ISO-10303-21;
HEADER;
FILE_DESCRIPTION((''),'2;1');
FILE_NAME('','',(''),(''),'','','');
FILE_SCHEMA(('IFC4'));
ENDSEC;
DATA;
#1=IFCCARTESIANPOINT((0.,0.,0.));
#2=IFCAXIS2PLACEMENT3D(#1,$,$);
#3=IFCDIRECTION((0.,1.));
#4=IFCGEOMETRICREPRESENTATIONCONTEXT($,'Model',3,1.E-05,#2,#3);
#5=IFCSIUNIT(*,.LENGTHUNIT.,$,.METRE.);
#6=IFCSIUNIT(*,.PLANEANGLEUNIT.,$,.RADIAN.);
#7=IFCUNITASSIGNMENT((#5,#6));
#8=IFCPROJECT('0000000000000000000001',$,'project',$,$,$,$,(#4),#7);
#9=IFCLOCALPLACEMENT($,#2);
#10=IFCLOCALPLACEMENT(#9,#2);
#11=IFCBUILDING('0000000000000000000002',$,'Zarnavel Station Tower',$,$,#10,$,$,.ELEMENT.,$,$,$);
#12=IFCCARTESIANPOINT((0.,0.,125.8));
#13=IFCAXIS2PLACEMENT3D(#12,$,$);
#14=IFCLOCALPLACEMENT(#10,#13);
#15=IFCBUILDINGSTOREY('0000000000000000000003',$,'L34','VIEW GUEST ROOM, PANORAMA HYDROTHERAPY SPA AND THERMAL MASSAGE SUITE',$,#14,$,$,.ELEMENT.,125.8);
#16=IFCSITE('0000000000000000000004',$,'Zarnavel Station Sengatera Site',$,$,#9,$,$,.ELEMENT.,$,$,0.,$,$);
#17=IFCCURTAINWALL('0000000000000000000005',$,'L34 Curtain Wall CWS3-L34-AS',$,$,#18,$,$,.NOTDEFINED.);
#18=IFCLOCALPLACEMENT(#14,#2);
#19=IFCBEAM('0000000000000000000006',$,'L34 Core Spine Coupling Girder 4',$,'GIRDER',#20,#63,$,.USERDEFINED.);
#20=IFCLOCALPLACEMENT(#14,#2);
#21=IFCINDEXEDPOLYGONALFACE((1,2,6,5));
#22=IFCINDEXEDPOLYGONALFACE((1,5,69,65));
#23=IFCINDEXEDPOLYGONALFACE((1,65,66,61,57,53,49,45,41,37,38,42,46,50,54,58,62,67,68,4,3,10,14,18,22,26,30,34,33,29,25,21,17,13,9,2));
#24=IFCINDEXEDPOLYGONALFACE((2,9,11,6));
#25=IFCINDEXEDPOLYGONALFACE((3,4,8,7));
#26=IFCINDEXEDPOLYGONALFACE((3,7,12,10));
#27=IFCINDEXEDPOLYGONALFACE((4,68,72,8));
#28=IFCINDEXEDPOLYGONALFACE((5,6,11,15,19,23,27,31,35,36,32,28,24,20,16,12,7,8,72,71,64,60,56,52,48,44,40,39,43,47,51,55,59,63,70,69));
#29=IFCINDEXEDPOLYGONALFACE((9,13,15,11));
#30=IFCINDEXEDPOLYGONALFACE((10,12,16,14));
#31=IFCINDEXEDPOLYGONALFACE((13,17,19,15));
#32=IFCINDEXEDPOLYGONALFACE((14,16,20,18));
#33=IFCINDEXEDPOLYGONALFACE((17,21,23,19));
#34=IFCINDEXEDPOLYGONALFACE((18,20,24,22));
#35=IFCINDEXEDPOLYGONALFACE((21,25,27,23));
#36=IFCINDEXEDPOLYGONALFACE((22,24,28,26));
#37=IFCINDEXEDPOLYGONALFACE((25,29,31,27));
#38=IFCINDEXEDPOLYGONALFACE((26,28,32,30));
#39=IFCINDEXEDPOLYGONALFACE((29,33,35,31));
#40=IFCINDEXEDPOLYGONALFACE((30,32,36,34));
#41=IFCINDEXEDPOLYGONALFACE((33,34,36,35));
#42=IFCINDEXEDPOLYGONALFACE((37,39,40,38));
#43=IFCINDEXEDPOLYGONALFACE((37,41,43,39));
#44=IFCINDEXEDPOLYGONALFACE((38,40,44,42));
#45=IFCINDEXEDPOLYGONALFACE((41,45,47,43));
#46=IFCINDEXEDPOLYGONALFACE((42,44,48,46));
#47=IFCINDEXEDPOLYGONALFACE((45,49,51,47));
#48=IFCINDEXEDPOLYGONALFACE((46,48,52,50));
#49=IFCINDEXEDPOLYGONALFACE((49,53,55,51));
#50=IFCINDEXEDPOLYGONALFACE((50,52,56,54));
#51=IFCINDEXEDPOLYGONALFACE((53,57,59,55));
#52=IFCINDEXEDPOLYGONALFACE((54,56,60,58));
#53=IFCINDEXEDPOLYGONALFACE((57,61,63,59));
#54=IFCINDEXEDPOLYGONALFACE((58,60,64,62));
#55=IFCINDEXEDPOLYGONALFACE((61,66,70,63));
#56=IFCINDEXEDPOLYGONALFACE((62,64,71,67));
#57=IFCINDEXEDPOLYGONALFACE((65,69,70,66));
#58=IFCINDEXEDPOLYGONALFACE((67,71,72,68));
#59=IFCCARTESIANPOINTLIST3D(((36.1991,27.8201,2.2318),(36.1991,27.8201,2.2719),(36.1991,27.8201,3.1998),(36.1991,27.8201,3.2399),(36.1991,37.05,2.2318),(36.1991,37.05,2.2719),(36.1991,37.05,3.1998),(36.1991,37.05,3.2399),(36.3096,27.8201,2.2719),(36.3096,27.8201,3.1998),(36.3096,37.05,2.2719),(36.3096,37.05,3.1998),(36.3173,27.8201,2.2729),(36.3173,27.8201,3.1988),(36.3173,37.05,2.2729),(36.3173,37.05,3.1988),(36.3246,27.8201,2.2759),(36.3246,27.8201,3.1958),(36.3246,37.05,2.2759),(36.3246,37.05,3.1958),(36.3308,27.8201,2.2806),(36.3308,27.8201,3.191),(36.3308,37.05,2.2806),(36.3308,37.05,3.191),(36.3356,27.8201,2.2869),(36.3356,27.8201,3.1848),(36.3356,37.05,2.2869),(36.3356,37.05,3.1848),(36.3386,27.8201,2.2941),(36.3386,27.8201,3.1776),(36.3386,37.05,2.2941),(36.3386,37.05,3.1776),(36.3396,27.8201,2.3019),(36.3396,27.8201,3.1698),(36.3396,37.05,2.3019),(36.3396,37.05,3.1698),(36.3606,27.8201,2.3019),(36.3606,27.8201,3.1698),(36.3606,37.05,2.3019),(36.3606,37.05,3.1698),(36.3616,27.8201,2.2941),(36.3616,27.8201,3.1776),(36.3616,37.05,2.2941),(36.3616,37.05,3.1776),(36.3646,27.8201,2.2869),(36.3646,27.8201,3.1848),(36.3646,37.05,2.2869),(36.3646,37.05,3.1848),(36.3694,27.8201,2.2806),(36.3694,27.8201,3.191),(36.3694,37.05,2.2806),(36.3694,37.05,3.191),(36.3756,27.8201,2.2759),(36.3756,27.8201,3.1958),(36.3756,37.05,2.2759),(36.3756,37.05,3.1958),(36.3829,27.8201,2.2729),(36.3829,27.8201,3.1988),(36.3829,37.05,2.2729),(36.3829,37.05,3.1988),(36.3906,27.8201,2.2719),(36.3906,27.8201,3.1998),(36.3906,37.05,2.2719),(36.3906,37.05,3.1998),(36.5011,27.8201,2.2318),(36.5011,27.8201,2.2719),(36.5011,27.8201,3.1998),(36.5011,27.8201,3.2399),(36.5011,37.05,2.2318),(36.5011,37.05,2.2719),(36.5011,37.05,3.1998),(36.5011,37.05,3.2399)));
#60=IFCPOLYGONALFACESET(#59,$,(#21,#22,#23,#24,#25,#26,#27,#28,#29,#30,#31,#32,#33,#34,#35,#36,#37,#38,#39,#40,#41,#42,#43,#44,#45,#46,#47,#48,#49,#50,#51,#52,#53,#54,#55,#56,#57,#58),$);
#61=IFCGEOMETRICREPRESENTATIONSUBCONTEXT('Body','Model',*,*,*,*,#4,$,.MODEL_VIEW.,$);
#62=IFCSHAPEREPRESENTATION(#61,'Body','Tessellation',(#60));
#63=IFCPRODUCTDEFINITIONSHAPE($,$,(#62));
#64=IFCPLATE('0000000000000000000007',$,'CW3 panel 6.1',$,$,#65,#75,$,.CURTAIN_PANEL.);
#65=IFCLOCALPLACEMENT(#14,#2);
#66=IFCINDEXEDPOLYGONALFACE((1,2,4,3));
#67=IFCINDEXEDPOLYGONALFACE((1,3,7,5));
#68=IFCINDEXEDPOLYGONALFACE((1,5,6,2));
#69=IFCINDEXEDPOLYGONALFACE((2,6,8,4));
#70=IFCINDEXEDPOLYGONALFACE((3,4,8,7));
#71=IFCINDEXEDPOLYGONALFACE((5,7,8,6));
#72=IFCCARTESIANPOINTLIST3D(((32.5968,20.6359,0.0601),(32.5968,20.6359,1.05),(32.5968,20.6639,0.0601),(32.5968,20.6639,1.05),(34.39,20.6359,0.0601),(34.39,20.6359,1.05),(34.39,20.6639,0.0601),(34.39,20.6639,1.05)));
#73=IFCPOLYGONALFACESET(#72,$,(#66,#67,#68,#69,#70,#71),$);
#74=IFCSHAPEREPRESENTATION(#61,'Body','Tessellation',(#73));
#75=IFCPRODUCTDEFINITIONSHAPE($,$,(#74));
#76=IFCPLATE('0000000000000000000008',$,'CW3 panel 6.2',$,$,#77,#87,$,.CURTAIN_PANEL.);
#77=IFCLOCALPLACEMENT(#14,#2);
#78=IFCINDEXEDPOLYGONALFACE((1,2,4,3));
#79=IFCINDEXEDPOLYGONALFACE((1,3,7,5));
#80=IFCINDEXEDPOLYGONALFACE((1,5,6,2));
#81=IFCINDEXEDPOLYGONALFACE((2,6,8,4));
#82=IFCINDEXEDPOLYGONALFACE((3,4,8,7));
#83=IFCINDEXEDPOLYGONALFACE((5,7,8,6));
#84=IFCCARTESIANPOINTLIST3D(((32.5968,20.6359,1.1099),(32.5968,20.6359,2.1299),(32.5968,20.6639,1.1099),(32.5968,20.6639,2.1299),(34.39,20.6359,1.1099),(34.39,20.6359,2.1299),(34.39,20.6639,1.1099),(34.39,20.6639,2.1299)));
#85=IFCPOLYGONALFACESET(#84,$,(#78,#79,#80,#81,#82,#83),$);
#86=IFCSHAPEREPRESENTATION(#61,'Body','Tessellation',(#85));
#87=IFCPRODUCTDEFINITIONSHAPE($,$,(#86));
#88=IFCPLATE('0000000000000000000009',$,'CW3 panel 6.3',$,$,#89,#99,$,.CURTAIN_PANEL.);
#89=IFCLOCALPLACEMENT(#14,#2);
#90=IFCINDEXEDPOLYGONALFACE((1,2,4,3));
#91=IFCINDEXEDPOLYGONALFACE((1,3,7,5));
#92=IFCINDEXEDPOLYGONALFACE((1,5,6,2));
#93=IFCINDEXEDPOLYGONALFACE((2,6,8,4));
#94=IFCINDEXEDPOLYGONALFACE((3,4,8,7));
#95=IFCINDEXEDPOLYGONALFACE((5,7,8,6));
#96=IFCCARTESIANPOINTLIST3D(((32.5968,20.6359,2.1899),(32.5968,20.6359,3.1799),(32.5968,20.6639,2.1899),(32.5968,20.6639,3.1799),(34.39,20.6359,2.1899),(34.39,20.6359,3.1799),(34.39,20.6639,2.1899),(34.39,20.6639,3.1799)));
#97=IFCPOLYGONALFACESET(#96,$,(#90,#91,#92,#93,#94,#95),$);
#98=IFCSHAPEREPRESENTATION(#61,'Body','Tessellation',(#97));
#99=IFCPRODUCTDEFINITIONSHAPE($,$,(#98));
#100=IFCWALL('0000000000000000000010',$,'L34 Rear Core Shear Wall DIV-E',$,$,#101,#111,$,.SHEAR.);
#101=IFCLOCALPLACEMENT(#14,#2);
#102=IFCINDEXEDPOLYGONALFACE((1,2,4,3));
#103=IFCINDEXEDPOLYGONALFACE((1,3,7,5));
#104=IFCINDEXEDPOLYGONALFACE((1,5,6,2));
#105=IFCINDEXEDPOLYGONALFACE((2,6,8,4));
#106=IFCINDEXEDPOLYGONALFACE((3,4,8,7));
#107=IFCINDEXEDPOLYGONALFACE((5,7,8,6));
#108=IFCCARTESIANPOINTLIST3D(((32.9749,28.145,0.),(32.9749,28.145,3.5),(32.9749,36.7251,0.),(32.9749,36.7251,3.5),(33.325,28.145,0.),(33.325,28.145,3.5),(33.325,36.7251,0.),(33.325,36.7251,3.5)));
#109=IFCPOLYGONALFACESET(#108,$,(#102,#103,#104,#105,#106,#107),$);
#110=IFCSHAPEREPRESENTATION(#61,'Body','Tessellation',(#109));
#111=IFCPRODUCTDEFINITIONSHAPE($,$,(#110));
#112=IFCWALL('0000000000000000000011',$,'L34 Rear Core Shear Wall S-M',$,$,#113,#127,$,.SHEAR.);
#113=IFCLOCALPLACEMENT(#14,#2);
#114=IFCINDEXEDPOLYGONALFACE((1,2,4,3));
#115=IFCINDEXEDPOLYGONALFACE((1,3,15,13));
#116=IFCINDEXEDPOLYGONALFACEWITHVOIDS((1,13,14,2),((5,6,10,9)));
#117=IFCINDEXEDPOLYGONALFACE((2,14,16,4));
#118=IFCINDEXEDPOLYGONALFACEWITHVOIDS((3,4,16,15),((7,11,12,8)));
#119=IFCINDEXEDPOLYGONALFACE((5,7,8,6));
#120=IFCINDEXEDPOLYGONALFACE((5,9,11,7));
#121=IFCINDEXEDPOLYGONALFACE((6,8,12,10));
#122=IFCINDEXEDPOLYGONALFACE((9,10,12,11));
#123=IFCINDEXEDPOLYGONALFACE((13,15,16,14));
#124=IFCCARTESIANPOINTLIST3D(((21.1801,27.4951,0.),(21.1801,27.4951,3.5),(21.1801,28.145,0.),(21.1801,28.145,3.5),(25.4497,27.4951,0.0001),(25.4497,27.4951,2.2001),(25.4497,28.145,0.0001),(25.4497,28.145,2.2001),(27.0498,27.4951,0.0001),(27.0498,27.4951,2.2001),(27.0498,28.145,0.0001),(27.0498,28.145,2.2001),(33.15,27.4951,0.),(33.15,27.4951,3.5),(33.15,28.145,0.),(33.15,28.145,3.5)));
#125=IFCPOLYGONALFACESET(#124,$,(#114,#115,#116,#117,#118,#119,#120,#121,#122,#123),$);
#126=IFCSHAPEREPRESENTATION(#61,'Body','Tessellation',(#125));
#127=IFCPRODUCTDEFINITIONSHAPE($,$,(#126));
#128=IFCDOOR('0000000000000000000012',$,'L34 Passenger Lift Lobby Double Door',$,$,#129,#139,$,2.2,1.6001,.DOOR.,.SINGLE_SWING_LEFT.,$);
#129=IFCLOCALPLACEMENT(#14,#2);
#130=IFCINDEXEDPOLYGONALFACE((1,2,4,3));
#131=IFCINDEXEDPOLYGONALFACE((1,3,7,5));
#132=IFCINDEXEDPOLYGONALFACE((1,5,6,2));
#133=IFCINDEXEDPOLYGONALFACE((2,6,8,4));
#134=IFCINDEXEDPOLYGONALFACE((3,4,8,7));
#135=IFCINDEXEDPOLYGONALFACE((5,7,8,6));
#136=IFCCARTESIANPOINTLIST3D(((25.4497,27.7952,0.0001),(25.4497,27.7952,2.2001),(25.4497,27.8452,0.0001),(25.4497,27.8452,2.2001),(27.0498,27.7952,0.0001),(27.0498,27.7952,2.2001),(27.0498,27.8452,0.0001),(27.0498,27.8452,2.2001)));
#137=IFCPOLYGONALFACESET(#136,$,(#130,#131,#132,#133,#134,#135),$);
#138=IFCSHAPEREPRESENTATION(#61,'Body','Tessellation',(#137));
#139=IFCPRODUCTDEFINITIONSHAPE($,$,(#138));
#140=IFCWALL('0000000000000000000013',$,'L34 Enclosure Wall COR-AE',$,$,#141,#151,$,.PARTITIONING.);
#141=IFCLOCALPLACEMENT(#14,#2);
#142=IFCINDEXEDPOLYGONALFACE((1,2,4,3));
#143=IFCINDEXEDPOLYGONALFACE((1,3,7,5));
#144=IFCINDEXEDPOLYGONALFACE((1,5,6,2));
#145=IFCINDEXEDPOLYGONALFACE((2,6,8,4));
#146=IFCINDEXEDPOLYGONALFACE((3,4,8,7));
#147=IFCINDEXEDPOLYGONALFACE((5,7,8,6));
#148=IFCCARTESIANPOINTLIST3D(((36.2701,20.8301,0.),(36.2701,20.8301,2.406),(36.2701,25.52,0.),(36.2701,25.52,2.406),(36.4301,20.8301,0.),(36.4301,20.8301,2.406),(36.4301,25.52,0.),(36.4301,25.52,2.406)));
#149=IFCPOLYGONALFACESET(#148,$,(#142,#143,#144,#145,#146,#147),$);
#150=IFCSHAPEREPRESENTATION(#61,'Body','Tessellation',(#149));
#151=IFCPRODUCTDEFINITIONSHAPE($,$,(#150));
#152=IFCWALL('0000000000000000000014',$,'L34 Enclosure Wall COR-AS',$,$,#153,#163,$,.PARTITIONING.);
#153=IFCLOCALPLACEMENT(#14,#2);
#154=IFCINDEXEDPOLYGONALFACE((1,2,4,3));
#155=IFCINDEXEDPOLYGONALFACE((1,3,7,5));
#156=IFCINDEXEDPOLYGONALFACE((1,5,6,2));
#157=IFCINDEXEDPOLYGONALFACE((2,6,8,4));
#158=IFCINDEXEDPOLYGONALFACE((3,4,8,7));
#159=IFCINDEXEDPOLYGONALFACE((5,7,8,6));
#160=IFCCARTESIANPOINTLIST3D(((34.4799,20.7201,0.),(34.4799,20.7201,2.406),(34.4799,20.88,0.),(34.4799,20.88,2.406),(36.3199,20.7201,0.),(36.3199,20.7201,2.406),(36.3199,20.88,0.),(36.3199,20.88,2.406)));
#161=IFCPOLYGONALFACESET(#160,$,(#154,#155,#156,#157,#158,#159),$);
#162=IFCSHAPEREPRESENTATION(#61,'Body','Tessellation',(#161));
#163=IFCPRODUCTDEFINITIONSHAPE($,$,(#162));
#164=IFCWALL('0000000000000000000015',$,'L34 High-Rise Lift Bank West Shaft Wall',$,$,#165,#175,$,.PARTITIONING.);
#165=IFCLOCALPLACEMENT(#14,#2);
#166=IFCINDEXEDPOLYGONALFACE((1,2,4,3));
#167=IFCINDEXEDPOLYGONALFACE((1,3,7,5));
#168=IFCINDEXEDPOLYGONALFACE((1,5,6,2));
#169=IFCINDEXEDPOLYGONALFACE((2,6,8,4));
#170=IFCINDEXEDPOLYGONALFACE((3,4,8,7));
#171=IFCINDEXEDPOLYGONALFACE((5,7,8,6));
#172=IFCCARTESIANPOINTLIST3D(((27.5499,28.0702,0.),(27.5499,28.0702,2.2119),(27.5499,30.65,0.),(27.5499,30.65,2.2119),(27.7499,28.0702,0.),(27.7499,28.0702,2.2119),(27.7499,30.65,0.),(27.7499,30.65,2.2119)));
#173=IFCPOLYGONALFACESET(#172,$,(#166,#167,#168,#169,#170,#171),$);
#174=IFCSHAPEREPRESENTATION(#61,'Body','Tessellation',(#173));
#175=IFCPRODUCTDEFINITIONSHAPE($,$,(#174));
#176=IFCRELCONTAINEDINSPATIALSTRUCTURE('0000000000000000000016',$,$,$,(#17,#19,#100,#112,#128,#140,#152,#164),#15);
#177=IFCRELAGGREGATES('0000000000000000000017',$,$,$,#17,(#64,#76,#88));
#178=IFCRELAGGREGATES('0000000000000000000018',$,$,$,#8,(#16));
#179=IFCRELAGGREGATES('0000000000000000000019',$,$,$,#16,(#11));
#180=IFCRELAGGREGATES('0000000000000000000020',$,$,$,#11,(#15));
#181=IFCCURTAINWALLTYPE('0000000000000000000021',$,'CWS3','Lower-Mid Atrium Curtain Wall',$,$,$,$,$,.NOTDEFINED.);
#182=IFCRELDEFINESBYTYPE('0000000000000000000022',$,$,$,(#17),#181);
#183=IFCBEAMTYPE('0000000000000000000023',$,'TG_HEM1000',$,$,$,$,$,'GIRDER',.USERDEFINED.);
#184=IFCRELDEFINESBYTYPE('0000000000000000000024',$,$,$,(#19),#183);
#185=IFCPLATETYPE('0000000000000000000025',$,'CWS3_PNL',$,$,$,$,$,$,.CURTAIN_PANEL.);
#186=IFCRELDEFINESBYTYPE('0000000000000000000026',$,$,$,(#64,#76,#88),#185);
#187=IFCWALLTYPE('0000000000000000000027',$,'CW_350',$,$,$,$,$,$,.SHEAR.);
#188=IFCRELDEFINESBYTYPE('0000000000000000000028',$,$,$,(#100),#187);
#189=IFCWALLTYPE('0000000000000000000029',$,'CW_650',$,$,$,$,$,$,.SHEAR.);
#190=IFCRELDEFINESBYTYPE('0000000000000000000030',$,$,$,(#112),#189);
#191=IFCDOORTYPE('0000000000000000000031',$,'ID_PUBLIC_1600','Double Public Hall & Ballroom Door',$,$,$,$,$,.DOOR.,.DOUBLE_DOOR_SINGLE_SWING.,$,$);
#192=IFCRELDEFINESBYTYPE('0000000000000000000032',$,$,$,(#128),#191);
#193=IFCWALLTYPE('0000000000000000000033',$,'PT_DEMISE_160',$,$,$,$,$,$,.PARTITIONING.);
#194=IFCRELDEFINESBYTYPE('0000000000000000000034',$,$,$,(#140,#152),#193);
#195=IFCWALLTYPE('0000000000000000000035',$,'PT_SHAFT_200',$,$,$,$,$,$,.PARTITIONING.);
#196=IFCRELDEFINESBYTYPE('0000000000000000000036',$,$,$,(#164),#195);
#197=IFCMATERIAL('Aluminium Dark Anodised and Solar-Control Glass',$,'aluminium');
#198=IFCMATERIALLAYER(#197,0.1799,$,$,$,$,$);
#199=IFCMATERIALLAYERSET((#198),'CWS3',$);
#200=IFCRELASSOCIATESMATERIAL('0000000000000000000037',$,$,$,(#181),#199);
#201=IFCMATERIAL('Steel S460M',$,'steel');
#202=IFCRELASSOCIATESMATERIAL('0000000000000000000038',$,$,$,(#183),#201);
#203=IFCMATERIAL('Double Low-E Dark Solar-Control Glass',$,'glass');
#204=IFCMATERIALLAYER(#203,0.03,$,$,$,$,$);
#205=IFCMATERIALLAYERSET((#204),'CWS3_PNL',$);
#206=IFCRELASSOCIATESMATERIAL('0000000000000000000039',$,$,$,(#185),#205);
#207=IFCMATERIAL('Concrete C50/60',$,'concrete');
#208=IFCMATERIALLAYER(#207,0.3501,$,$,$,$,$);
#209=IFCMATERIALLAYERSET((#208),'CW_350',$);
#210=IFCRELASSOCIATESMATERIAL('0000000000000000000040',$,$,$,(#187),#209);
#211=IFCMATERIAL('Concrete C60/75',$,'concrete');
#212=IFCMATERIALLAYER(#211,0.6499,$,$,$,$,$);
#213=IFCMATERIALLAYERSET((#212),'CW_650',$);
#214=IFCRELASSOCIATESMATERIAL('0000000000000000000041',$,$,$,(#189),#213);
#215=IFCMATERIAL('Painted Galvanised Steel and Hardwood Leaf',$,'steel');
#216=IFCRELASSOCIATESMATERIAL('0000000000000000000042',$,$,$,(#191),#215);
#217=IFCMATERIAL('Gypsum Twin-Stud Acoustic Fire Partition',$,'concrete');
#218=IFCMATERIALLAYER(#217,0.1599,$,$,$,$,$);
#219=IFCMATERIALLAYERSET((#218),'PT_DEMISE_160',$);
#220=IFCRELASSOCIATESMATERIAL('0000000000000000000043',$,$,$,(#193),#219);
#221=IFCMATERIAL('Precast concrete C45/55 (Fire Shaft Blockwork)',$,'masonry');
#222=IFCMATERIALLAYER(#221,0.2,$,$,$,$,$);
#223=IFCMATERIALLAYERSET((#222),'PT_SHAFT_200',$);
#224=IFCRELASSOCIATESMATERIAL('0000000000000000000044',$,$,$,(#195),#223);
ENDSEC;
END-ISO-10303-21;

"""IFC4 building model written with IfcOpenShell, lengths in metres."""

from ifc_helpers import new_model, si_unit, direction, frame, frame_2d, origin, origin_2d, place, context, subcontext, project, spatial, rectangle, i_section, extrude, material, layer, layer_set, material_profile, profile_set, type_object, element, fill, aggregate, save


model = new_model("IFC4")

# Units and contexts
model_context = context("Model", 3, precision=1e-05, world=origin(), true_north=direction((0.0, 1.0)))
body_context = subcontext(model_context, "Body", "Model", "MODEL_VIEW")
ifc_project = project(units=[si_unit("LENGTHUNIT", "METRE"), si_unit("PLANEANGLEUNIT", "RADIAN")], contexts=[model_context])

# Site, building, storey
site_placement = place(None, origin())
site = spatial("IfcSite", under=ifc_project, at=site_placement, Name="Zarnavel Station Sengatera Site", CompositionType="ELEMENT", RefElevation=0.0)
building_placement = place(site_placement, origin())
building = spatial("IfcBuilding", under=site, at=building_placement, Name="Zarnavel Station Tower", CompositionType="ELEMENT")
storey_placement = place(building_placement, frame((0.0, 0.0, 125.8)))
storey = spatial("IfcBuildingStorey", under=building, at=storey_placement, Name="L34", Description="VIEW GUEST ROOM, PANORAMA HYDROTHERAPY SPA AND THERMAL MASSAGE SUITE", CompositionType="ELEMENT", Elevation=125.8)

# Curtain wall
ifc_material_1 = material(Name="Aluminium Dark Anodised and Solar-Control Glass", Category="aluminium")
ifc_layer_1 = layer(ifc_material_1, 0.1799)
ifc_layer_set_1 = layer_set([ifc_layer_1], Name="CWS3")
curtain_wall_type = type_object("IfcCurtainWallType", Name="CWS3", Description="Lower-Mid Atrium Curtain Wall", PredefinedType="NOTDEFINED", material=ifc_layer_set_1)
curtain_wall_placement = place(storey_placement, origin())
curtain_wall = element("IfcCurtainWall", 1, at=curtain_wall_placement, inside=storey, type_object=curtain_wall_type, Name="L34 Curtain Wall CWS3-L34-AS", PredefinedType="NOTDEFINED")

# Beam
ifc_material_2 = material(Name="Steel S460M", Category="steel")
ifc_material_profile_1 = material_profile(ifc_material_2, i_section(OverallWidth=0.302, OverallDepth=1.0081, WebThickness=0.021, FlangeThickness=0.04, FilletRadius=0.03, at=origin_2d()), Name="HEM1000")
ifc_profile_set_1 = profile_set([ifc_material_profile_1], Name="Steel S460M")
beam_type_1 = type_object("IfcBeamType", Name="TG_HEM1000", ElementType="GIRDER", PredefinedType="USERDEFINED", material=ifc_profile_set_1)
for number, where, z_axis, x_axis, name in (
    (2, (36.3501, 27.8201, 2.7358), (0.0, 1.0, 0.0), (-1.0, 0.0, 0.0), "L34 Core Spine Coupling Girder 4"),
):
    element("IfcBeam", number, at=place(storey_placement, frame(where, z_axis=z_axis, x_axis=x_axis)), inside=storey, type_object=beam_type_1, Name=name, ObjectType="GIRDER", PredefinedType="USERDEFINED", context=body_context, shape_type="SweptSolid", body=[
        extrude(i_section(OverallWidth=0.302, OverallDepth=1.0081, WebThickness=0.021, FlangeThickness=0.04, FilletRadius=0.03, at=origin_2d()), origin(), (0.0, 0.0, 1.0), 9.23),
    ])

# Plates
ifc_material_3 = material(Name="Double Low-E Dark Solar-Control Glass", Category="glass")
ifc_layer_2 = layer(ifc_material_3, 0.03)
ifc_layer_set_2 = layer_set([ifc_layer_2], Name="CWS3_PNL")
plate_type = type_object("IfcPlateType", Name="CWS3_PNL", PredefinedType="CURTAIN_PANEL", material=ifc_layer_set_2)
plate_1_placement = place(storey_placement, frame((33.4934, 20.6499, 0.0601), z_axis=(0.0, 0.0, 1.0), x_axis=(1.0, 0.0, 0.0)))
plate_1 = element("IfcPlate", 3, at=plate_1_placement, type_object=plate_type, Name="CW3 panel 6.1", PredefinedType="CURTAIN_PANEL", context=body_context, shape_type="SweptSolid", body=[
    extrude(rectangle(XDim=1.7932, YDim=0.0281, at=origin_2d()), origin(), (0.0, 0.0, 1.0), 0.99),
])
plate_2_placement = place(storey_placement, frame((33.4934, 20.6499, 1.1099), z_axis=(0.0, 0.0, 1.0), x_axis=(1.0, 0.0, 0.0)))
plate_2 = element("IfcPlate", 4, at=plate_2_placement, type_object=plate_type, Name="CW3 panel 6.2", PredefinedType="CURTAIN_PANEL", context=body_context, shape_type="SweptSolid", body=[
    extrude(rectangle(XDim=1.7932, YDim=0.0281, at=origin_2d()), origin(), (0.0, 0.0, 1.0), 1.02),
])
plate_3_placement = place(storey_placement, frame((33.4934, 20.6499, 2.1899), z_axis=(0.0, 0.0, 1.0), x_axis=(1.0, 0.0, 0.0)))
plate_3 = element("IfcPlate", 5, at=plate_3_placement, type_object=plate_type, Name="CW3 panel 6.3", PredefinedType="CURTAIN_PANEL", context=body_context, shape_type="SweptSolid", body=[
    extrude(rectangle(XDim=1.7932, YDim=0.0281, at=origin_2d()), origin(), (0.0, 0.0, 1.0), 0.99),
])
aggregate(curtain_wall, [plate_1, plate_2, plate_3])

# Wall
ifc_material_4 = material(Name="Concrete C50/60", Category="concrete")
ifc_layer_3 = layer(ifc_material_4, 0.3501)
ifc_layer_set_3 = layer_set([ifc_layer_3], Name="CW_350")
wall_type_1 = type_object("IfcWallType", Name="CW_350", PredefinedType="SHEAR", material=ifc_layer_set_3)
wall_1_placement = place(storey_placement, frame((33.1499, 28.145, 0.0), z_axis=(0.0, 0.0, 1.0), x_axis=(0.0, 1.0, 0.0)))
element("IfcWall", 6, at=wall_1_placement, inside=storey, type_object=wall_type_1, Name="L34 Rear Core Shear Wall DIV-E", PredefinedType="SHEAR", context=body_context, shape_type="SweptSolid", body=[
    extrude(rectangle(XDim=8.5801, YDim=0.3501, at=frame_2d((4.29, 0.0))), origin(), (0.0, 0.0, 1.0), 3.5),
])

# Wall, opening, door
ifc_material_5 = material(Name="Concrete C60/75", Category="concrete")
ifc_layer_4 = layer(ifc_material_5, 0.6499)
ifc_layer_set_4 = layer_set([ifc_layer_4], Name="CW_650")
wall_type_2 = type_object("IfcWallType", Name="CW_650", PredefinedType="SHEAR", material=ifc_layer_set_4)
wall_2_placement = place(storey_placement, frame((33.1499, 27.8201, 0.0), z_axis=(0.0, 0.0, 1.0), x_axis=(-1.0, 0.0, 0.0)))
wall_2 = element("IfcWall", 7, at=wall_2_placement, inside=storey, type_object=wall_type_2, Name="L34 Rear Core Shear Wall S-M", PredefinedType="SHEAR", context=body_context, shape_type="SweptSolid", body=[
    extrude(rectangle(XDim=11.97, YDim=0.6499, at=frame_2d((5.9849, 0.0))), origin(), (0.0, 0.0, 1.0), 3.5),
])
opening_1_placement = place(wall_2_placement, frame((6.1001, 0.0, 0.0)))
opening_1 = element("IfcOpeningElement", 8, at=opening_1_placement, cuts=wall_2, PredefinedType="OPENING", context=body_context, shape_type="SweptSolid", body=[
    extrude(rectangle(XDim=1.6001, YDim=2.2, at=frame_2d((0.8, 1.1001))), frame((0.0, 0.335, 0.0), z_axis=(0.0, -1.0, 0.0), x_axis=(1.0, 0.0, 0.0)), (0.0, 0.0, 1.0), 0.6699),
])
ifc_material_6 = material(Name="Painted Galvanised Steel and Hardwood Leaf", Category="steel")
door_type_1 = type_object("IfcDoorType", Name="ID_PUBLIC_1600", Description="Double Public Hall & Ballroom Door", OperationType="DOUBLE_DOOR_SINGLE_SWING", PredefinedType="DOOR", material=ifc_material_6)
door_1_placement = place(opening_1_placement, origin())
door_1 = element("IfcDoor", 9, at=door_1_placement, inside=storey, type_object=door_type_1, Name="L34 Passenger Lift Lobby Double Door", OperationType="SINGLE_SWING_LEFT", OverallHeight=2.2, OverallWidth=1.6001, PredefinedType="DOOR", context=body_context, shape_type="SweptSolid", body=[
    extrude(rectangle(XDim=1.6001, YDim=2.2, at=frame_2d((0.8, 1.1001))), frame((0.0, 0.0249, 0.0), z_axis=(0.0, -1.0, 0.0), x_axis=(1.0, 0.0, 0.0)), (0.0, 0.0, 1.0), 0.05),
])
fill(opening_1, door_1)

# Walls
ifc_material_7 = material(Name="Gypsum Twin-Stud Acoustic Fire Partition", Category="concrete")
ifc_layer_5 = layer(ifc_material_7, 0.1599)
ifc_layer_set_5 = layer_set([ifc_layer_5], Name="PT_DEMISE_160")
wall_type_3 = type_object("IfcWallType", Name="PT_DEMISE_160", PredefinedType="PARTITIONING", material=ifc_layer_set_5)
wall_3_placement = place(storey_placement, frame((36.3501, 20.8301, 0.0), z_axis=(0.0, 0.0, 1.0), x_axis=(0.0, 1.0, 0.0)))
element("IfcWall", 10, at=wall_3_placement, inside=storey, type_object=wall_type_3, Name="L34 Enclosure Wall COR-AE", PredefinedType="PARTITIONING", context=body_context, shape_type="SweptSolid", body=[
    extrude(rectangle(XDim=4.6899, YDim=0.1599, at=frame_2d((2.345, 0.0))), origin(), (0.0, 0.0, 1.0), 2.406),
])
wall_4_placement = place(storey_placement, frame((34.48, 20.8, 0.0), z_axis=(0.0, 0.0, 1.0), x_axis=(1.0, 0.0, 0.0)))
element("IfcWall", 11, at=wall_4_placement, inside=storey, type_object=wall_type_3, Name="L34 Enclosure Wall COR-AS", PredefinedType="PARTITIONING", context=body_context, shape_type="SweptSolid", body=[
    extrude(rectangle(XDim=1.8401, YDim=0.1599, at=frame_2d((0.9199, 0.0))), origin(), (0.0, 0.0, 1.0), 2.406),
])
ifc_material_8 = material(Name="Precast concrete C45/55 (Fire Shaft Blockwork)", Category="masonry")
ifc_layer_6 = layer(ifc_material_8, 0.2)
ifc_layer_set_6 = layer_set([ifc_layer_6], Name="PT_SHAFT_200")
wall_type_4 = type_object("IfcWallType", Name="PT_SHAFT_200", PredefinedType="PARTITIONING", material=ifc_layer_set_6)
wall_5_placement = place(storey_placement, frame((27.6499, 28.0701, 0.0), z_axis=(0.0, 0.0, 1.0), x_axis=(0.0, 1.0, 0.0)))
element("IfcWall", 12, at=wall_5_placement, inside=storey, type_object=wall_type_4, Name="L34 High-Rise Lift Bank West Shaft Wall", PredefinedType="PARTITIONING", context=body_context, shape_type="SweptSolid", body=[
    extrude(rectangle(XDim=2.5798, YDim=0.2, at=frame_2d((1.29, 0.0))), origin(), (0.0, 0.0, 1.0), 2.2119),
])

save(model, "model.ifc")
